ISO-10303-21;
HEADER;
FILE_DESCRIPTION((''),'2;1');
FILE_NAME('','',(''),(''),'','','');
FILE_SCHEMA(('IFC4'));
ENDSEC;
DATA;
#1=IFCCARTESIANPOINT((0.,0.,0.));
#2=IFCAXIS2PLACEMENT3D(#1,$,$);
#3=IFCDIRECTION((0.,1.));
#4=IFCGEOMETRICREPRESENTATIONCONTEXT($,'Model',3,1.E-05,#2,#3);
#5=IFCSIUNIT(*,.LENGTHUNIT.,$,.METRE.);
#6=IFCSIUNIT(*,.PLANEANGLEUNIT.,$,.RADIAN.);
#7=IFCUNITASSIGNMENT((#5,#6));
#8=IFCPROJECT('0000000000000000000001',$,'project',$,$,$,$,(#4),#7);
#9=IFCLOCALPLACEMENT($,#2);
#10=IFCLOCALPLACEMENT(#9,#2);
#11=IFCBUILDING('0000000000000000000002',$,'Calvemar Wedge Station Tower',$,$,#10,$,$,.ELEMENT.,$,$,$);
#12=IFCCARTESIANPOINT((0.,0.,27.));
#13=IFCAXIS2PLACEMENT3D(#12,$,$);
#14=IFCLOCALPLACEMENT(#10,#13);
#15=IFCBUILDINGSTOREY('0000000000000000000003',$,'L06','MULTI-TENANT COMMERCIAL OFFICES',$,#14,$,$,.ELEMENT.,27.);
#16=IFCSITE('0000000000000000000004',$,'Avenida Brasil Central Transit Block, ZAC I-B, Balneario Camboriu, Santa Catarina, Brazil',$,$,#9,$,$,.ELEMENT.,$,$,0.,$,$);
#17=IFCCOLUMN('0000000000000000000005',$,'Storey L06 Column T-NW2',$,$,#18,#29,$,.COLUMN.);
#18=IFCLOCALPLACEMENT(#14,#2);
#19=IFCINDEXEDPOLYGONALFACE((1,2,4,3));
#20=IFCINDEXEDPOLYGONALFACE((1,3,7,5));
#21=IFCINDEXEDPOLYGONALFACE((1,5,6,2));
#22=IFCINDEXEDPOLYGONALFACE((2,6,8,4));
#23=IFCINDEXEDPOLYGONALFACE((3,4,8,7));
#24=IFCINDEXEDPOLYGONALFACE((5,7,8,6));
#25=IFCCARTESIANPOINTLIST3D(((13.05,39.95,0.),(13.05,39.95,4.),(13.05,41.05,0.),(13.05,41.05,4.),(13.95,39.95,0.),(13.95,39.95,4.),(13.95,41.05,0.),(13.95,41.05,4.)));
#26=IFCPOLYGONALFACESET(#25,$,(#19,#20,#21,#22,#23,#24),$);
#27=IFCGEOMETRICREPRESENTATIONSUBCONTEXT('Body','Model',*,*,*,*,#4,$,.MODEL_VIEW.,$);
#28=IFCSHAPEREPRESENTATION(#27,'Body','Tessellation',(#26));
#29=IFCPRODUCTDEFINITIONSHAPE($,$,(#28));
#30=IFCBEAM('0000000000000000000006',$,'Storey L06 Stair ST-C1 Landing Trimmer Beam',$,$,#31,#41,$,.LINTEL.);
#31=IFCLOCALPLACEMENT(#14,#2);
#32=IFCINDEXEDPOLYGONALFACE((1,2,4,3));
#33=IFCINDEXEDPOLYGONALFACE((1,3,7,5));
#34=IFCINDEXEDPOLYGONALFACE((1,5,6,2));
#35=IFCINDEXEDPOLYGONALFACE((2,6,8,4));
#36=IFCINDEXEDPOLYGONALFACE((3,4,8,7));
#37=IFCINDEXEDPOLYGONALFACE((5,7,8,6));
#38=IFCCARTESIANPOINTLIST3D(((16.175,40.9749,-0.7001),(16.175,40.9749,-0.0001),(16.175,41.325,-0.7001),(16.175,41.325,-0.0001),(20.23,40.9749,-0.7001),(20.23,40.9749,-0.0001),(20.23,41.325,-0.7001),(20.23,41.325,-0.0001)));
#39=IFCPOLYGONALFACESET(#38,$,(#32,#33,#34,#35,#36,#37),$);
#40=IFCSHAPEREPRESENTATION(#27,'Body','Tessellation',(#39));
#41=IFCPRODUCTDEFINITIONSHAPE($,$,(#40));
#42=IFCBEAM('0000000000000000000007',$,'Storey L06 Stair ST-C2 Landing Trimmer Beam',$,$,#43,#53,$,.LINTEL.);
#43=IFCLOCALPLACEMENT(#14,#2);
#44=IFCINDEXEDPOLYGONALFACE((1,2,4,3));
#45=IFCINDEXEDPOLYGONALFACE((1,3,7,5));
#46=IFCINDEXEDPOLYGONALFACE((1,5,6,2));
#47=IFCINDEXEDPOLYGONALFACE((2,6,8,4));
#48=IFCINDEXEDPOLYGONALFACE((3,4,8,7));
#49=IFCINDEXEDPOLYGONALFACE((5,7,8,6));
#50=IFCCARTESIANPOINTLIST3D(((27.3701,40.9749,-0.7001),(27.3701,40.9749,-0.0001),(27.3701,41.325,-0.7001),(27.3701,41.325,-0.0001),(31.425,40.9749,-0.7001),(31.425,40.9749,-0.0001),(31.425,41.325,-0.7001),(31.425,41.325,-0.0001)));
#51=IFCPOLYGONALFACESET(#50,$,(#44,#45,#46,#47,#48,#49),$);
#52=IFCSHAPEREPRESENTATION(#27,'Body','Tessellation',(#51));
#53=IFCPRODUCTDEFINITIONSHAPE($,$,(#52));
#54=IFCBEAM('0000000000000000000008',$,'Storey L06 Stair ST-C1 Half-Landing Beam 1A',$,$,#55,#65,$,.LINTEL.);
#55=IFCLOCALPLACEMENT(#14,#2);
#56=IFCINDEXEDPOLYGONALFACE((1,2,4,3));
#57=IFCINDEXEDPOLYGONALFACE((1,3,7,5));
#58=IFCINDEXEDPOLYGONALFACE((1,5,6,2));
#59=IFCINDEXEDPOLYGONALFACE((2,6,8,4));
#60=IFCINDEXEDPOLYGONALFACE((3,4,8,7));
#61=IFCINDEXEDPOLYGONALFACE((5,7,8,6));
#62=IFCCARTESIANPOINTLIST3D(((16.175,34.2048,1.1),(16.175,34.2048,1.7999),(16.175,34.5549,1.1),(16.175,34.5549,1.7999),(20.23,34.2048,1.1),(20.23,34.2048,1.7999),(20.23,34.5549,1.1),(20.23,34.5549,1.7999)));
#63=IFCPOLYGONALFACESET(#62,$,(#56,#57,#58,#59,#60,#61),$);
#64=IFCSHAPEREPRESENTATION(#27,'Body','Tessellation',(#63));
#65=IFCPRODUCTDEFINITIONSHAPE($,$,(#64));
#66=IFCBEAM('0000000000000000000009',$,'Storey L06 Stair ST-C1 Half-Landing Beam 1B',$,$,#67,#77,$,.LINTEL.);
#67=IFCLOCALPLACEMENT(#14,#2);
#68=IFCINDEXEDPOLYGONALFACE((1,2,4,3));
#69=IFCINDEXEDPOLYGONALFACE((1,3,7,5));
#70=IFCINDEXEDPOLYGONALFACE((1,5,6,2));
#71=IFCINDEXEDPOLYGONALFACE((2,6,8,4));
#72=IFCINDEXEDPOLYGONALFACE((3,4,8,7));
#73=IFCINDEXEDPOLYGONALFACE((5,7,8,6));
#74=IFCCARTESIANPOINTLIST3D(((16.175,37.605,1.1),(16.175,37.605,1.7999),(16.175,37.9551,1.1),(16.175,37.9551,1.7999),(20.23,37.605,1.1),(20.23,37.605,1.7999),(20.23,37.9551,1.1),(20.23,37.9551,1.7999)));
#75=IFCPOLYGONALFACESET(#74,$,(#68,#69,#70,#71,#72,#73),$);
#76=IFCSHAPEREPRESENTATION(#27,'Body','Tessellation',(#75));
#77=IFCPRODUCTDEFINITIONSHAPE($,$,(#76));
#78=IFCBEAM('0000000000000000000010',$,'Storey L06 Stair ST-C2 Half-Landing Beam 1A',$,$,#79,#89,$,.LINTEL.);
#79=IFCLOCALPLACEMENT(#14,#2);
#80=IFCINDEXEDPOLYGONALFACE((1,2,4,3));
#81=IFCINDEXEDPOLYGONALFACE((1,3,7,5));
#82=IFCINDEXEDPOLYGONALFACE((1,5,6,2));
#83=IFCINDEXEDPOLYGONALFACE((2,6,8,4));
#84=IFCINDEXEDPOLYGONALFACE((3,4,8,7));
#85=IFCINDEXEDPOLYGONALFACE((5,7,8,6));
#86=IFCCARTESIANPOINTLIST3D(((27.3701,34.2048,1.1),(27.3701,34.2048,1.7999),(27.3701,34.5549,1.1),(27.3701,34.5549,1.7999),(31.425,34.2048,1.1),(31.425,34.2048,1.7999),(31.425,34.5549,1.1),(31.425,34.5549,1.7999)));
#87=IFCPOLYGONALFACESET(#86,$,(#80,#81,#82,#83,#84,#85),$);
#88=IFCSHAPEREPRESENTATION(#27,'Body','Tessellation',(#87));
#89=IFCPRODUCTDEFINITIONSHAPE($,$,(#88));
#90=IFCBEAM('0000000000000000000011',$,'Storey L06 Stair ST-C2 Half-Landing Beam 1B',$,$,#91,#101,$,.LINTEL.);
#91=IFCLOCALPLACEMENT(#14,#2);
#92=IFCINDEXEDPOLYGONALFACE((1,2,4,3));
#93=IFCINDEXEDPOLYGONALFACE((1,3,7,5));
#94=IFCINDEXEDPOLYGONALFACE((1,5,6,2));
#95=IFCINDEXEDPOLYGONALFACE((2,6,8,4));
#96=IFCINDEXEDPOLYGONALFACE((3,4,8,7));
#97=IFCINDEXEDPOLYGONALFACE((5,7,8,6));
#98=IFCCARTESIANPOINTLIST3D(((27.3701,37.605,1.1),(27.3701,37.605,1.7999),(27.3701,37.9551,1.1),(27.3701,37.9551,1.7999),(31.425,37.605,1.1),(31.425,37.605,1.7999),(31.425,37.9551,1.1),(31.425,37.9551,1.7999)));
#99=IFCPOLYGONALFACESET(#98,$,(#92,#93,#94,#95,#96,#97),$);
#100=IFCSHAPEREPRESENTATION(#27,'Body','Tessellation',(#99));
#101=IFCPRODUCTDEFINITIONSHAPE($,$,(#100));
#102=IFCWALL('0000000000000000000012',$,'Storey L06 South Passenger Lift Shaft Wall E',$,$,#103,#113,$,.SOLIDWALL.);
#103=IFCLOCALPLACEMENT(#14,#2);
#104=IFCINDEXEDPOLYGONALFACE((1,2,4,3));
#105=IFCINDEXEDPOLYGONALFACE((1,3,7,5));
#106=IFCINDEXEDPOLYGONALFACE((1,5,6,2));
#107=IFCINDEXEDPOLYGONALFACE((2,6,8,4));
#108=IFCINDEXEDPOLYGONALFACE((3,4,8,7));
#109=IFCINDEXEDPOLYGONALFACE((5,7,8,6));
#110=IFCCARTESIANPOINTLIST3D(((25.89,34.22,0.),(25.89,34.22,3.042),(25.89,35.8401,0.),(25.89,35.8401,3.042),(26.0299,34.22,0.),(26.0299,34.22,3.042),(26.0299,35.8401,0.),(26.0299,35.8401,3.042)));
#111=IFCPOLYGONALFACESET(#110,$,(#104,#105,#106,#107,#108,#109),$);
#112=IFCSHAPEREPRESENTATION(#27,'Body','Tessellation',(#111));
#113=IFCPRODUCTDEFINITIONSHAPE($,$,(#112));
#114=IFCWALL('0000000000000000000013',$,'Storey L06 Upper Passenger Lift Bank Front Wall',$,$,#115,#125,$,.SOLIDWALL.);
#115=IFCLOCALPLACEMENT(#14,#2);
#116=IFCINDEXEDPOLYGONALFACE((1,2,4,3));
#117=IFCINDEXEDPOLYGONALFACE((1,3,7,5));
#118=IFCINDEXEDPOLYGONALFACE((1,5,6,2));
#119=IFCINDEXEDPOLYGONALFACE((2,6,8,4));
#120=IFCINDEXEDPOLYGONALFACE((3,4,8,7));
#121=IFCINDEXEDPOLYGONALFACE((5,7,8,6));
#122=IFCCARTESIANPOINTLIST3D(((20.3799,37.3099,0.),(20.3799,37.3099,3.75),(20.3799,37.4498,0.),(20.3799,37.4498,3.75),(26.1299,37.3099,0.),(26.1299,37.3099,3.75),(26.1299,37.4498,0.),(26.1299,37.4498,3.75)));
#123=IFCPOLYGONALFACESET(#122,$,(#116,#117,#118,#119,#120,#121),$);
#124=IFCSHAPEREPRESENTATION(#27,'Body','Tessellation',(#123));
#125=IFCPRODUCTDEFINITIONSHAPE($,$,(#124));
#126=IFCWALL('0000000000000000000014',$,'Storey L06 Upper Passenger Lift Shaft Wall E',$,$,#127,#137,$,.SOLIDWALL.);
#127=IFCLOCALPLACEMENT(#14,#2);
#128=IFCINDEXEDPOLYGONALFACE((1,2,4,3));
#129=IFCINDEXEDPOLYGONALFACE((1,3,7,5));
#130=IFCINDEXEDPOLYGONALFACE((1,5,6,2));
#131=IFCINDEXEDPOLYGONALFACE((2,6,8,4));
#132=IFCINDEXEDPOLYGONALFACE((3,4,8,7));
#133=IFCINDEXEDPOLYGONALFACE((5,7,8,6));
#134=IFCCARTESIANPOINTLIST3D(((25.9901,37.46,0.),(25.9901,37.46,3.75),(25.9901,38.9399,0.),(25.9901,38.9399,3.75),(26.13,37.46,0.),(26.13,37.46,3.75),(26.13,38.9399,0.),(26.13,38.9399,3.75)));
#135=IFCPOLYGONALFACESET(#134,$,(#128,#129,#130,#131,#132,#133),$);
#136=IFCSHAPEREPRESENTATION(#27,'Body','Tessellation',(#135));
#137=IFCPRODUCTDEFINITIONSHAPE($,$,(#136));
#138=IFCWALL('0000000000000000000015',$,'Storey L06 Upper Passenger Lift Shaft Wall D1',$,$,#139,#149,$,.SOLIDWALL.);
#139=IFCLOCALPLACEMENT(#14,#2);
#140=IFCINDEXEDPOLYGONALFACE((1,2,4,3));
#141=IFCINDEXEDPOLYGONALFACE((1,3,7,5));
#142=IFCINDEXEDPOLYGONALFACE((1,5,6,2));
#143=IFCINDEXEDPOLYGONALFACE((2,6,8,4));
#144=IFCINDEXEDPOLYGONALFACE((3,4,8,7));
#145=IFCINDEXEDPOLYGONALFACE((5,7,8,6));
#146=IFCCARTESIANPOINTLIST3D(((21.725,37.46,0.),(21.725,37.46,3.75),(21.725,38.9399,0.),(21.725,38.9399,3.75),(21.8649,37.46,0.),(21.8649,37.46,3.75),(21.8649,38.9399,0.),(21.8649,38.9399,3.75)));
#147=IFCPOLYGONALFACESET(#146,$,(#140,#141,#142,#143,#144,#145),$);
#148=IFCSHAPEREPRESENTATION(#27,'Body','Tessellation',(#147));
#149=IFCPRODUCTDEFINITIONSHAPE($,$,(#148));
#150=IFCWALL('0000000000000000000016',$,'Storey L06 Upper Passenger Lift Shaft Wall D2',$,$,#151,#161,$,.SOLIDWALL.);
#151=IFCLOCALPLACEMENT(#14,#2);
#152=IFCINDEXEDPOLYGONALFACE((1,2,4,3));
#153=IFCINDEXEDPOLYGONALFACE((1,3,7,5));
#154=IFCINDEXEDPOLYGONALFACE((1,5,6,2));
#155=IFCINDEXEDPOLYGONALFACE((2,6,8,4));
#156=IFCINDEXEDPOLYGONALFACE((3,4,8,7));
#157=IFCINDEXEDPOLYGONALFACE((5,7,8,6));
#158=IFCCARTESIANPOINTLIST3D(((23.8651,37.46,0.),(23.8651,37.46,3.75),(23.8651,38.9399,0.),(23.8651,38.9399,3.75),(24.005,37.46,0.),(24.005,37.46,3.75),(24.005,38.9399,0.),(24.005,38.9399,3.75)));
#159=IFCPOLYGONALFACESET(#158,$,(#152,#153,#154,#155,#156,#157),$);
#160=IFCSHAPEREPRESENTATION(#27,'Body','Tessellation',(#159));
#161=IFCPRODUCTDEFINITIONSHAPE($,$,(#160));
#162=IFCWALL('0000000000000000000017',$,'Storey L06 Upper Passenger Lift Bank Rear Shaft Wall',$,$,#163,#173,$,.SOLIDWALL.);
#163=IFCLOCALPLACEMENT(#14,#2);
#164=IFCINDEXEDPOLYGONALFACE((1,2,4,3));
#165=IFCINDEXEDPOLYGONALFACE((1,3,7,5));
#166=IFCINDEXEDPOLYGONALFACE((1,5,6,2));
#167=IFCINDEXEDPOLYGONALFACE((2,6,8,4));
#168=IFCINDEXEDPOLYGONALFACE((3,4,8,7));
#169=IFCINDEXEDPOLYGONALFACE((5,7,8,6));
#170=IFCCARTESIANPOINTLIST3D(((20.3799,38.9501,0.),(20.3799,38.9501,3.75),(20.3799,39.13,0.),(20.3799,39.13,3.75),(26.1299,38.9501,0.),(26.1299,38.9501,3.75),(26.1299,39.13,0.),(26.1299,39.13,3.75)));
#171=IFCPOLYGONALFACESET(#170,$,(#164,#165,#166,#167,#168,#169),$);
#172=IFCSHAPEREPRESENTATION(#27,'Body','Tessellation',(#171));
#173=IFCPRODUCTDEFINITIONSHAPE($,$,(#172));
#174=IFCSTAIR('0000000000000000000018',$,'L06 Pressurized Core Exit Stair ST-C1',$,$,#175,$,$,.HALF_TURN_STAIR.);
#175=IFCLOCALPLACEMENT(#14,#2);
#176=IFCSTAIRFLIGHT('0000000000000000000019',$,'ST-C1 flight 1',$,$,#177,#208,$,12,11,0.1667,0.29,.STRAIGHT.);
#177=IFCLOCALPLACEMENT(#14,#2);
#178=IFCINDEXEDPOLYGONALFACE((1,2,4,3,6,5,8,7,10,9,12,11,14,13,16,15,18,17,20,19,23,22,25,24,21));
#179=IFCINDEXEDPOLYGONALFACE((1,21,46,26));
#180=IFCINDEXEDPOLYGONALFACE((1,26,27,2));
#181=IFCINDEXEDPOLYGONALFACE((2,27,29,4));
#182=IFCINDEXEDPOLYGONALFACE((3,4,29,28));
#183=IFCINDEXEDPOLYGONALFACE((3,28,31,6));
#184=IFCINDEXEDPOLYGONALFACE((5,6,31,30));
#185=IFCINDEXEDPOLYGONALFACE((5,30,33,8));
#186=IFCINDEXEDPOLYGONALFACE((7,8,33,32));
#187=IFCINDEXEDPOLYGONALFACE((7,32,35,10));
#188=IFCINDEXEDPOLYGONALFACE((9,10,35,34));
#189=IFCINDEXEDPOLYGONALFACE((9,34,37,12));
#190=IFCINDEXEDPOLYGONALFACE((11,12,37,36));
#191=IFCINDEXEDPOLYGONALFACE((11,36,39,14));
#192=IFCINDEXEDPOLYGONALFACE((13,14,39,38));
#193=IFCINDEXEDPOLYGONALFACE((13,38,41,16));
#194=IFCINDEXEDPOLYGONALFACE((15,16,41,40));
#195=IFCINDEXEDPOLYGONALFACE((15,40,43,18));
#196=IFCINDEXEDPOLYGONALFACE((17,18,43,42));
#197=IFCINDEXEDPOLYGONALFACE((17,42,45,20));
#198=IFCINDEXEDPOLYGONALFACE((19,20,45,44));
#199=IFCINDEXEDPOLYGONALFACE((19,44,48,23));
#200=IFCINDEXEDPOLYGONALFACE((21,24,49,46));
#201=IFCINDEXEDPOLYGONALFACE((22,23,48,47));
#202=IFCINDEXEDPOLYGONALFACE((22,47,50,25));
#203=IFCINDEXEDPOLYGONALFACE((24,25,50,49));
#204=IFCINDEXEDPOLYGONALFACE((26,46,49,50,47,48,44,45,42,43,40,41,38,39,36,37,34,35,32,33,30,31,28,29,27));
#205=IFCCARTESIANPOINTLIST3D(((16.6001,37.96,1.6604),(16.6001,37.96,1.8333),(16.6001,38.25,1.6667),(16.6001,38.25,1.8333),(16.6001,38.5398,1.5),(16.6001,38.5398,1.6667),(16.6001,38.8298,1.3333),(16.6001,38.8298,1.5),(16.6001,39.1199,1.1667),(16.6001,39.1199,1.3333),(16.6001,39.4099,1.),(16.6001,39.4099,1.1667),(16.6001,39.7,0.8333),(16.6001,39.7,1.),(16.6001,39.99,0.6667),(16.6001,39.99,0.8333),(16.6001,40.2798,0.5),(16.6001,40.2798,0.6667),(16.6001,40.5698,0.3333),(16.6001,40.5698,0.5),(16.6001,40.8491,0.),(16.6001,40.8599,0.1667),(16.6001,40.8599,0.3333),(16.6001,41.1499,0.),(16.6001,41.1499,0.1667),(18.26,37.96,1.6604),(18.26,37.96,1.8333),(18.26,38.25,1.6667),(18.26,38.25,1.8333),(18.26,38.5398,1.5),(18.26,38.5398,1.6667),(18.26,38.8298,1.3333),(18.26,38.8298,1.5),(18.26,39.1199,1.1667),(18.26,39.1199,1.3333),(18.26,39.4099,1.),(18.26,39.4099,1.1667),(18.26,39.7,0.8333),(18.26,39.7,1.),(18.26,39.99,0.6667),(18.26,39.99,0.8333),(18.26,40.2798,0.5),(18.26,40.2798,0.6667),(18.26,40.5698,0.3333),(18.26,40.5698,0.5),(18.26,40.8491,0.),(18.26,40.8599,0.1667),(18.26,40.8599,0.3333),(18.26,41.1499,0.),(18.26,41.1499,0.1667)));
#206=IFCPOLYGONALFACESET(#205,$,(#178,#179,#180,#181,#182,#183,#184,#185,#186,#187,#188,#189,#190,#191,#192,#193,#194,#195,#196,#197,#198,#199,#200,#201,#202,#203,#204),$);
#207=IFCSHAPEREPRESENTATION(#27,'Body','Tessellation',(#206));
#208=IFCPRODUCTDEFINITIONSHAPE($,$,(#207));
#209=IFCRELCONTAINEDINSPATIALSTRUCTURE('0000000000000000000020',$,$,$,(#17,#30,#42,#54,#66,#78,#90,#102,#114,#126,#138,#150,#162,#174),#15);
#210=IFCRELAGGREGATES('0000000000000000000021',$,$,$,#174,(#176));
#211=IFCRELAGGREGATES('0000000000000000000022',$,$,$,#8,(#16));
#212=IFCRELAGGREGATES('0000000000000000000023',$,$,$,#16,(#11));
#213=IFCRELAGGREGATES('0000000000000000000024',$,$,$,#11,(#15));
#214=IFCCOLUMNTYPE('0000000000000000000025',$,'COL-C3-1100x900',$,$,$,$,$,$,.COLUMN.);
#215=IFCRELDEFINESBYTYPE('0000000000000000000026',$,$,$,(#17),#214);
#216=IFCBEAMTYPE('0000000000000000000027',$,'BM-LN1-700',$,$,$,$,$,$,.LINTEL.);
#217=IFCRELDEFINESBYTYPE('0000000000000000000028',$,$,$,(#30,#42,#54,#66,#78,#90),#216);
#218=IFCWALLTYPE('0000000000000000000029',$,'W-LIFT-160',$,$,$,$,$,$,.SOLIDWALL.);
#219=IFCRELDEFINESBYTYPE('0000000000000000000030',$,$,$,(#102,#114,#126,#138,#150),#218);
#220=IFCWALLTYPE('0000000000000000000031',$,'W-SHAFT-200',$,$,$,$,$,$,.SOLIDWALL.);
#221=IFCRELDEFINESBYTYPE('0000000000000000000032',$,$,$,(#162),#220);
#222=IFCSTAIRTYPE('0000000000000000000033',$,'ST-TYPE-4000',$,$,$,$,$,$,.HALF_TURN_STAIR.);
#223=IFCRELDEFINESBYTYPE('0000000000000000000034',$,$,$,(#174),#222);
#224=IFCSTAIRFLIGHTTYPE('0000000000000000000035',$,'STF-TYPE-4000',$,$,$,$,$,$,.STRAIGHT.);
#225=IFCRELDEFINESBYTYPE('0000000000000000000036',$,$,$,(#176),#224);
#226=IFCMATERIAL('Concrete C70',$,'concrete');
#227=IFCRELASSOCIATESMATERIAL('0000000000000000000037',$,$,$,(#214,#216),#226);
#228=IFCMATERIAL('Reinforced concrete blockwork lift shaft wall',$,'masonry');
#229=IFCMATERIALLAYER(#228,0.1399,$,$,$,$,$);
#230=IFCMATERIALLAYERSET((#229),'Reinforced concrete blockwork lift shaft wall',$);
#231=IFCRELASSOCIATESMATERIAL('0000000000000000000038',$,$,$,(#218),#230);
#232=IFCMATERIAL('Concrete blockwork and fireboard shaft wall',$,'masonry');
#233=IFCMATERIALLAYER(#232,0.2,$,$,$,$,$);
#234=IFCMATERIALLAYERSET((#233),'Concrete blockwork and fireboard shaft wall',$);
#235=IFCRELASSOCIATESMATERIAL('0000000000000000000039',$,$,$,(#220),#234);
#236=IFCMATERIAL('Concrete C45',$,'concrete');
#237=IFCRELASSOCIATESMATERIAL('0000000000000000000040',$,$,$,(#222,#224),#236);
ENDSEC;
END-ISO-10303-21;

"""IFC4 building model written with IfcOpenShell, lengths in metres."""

from ifc_helpers import new_model, si_unit, direction, frame, frame_2d, origin, origin_2d, place, context, subcontext, project, spatial, polyline, rectangle, outline, extrude, source, transform, mapped, material, layer, layer_set, material_profile, profile_set, type_object, element, aggregate, save


model = new_model("IFC4")

# Units and contexts
model_context = context("Model", 3, precision=1e-05, world=origin(), true_north=direction((0.0, 1.0)))
body_context = subcontext(model_context, "Body", "Model", "MODEL_VIEW")
ifc_project = project(units=[si_unit("LENGTHUNIT", "METRE"), si_unit("PLANEANGLEUNIT", "RADIAN")], contexts=[model_context])

# Site, building, storey
site_placement = place(None, origin())
site = spatial("IfcSite", under=ifc_project, at=site_placement, Name="Avenida Brasil Central Transit Block, ZAC I-B, Balneario Camboriu, Santa Catarina, Brazil", CompositionType="ELEMENT", RefElevation=0.0)
building_placement = place(site_placement, origin())
building = spatial("IfcBuilding", under=site, at=building_placement, Name="Calvemar Wedge Station Tower", CompositionType="ELEMENT")
storey_placement = place(building_placement, frame((0.0, 0.0, 27.0)))
storey = spatial("IfcBuildingStorey", under=building, at=storey_placement, Name="L06", Description="MULTI-TENANT COMMERCIAL OFFICES", CompositionType="ELEMENT", Elevation=27.0)

# Column
ifc_material_1 = material(Name="Concrete C70", Category="concrete")
ifc_material_profile_1 = material_profile(ifc_material_1, rectangle(XDim=0.8999, YDim=1.1001, at=origin_2d()), Name="RC1100x900")
ifc_profile_set_1 = profile_set([ifc_material_profile_1], Name="Concrete C70")
column_type = type_object("IfcColumnType", Name="COL-C3-1100x900", PredefinedType="COLUMN", material=ifc_profile_set_1)
shared_shape_1 = source(origin(), body_context, "Body", "SweptSolid", [
    extrude(rectangle(XDim=0.8999, YDim=1.1001, at=origin_2d()), origin(), (0.0, 0.0, 1.0), 4.0),
])
column_placement = place(storey_placement, frame((13.5, 40.5, 0.0), z_axis=(0.0, 0.0, 1.0), x_axis=(1.0, 0.0, 0.0)))
element("IfcColumn", 1, at=column_placement, inside=storey, type_object=column_type, Name="Storey L06 Column T-NW2", PredefinedType="COLUMN", context=body_context, shape_type="MappedRepresentation", body=[
    mapped(shared_shape_1, transform((0.0, 0.0, 0.0), scale=1.0)),
])

# Beams
ifc_material_profile_2 = material_profile(ifc_material_1, rectangle(XDim=0.3501, YDim=0.7, at=origin_2d()), Name="RC350x700")
ifc_profile_set_2 = profile_set([ifc_material_profile_2], Name="Concrete C70")
beam_type = type_object("IfcBeamType", Name="BM-LN1-700", PredefinedType="LINTEL", material=ifc_profile_set_2)
shared_shape_2 = source(origin(), body_context, "Body", "SweptSolid", [
    extrude(rectangle(XDim=0.3501, YDim=0.7, at=origin_2d()), origin(), (0.0, 0.0, 1.0), 4.0549),
])
for number, where, z_axis, x_axis, name in (
    (2, (16.175, 41.1499, -0.3501), (1.0, 0.0, 0.0), (0.0, 1.0, 0.0), "Storey L06 Stair ST-C1 Landing Trimmer Beam"),
    (3, (27.3701, 41.1499, -0.3501), (1.0, 0.0, 0.0), (0.0, 1.0, 0.0), "Storey L06 Stair ST-C2 Landing Trimmer Beam"),
    (4, (16.175, 34.3799, 1.45), (1.0, 0.0, 0.0), (0.0, 1.0, 0.0), "Storey L06 Stair ST-C1 Half-Landing Beam 1A"),
    (5, (16.175, 37.78, 1.45), (1.0, 0.0, 0.0), (0.0, 1.0, 0.0), "Storey L06 Stair ST-C1 Half-Landing Beam 1B"),
    (6, (27.3701, 34.3799, 1.45), (1.0, 0.0, 0.0), (0.0, 1.0, 0.0), "Storey L06 Stair ST-C2 Half-Landing Beam 1A"),
    (7, (27.3701, 37.78, 1.45), (1.0, 0.0, 0.0), (0.0, 1.0, 0.0), "Storey L06 Stair ST-C2 Half-Landing Beam 1B"),
):
    element("IfcBeam", number, at=place(storey_placement, frame(where, z_axis=z_axis, x_axis=x_axis)), inside=storey, type_object=beam_type, Name=name, PredefinedType="LINTEL", context=body_context, shape_type="MappedRepresentation", body=[
        mapped(shared_shape_2, transform((0.0, 0.0, 0.0), scale=1.0)),
    ])

# Shared definitions
ifc_material_2 = material(Name="Reinforced concrete blockwork lift shaft wall", Category="masonry")
ifc_layer_1 = layer(ifc_material_2, 0.1399)
ifc_layer_set_1 = layer_set([ifc_layer_1], Name="Reinforced concrete blockwork lift shaft wall")
wall_type_1 = type_object("IfcWallType", Name="W-LIFT-160", PredefinedType="SOLIDWALL", material=ifc_layer_set_1)

# Walls
wall_1_placement = place(storey_placement, frame((25.96, 34.22, 0.0), z_axis=(0.0, 0.0, 1.0), x_axis=(0.0, 1.0, 0.0)))
element("IfcWall", 8, at=wall_1_placement, inside=storey, type_object=wall_type_1, Name="Storey L06 South Passenger Lift Shaft Wall E", PredefinedType="SOLIDWALL", context=body_context, shape_type="SweptSolid", body=[
    extrude(rectangle(XDim=1.6201, YDim=0.1399, at=frame_2d((0.8101, 0.0))), origin(), (0.0, 0.0, 1.0), 3.042),
])
wall_2_placement = place(storey_placement, frame((20.3799, 37.3799, 0.0), z_axis=(0.0, 0.0, 1.0), x_axis=(1.0, 0.0, 0.0)))
element("IfcWall", 9, at=wall_2_placement, inside=storey, type_object=wall_type_1, Name="Storey L06 Upper Passenger Lift Bank Front Wall", PredefinedType="SOLIDWALL", context=body_context, shape_type="SweptSolid", body=[
    extrude(rectangle(XDim=5.75, YDim=0.1399, at=frame_2d((2.875, 0.0))), origin(), (0.0, 0.0, 1.0), 3.75),
])
for number, where, z_axis, x_axis, name in (
    (10, (26.0601, 37.46, 0.0), (0.0, 0.0, 1.0), (0.0, 1.0, 0.0), "Storey L06 Upper Passenger Lift Shaft Wall E"),
    (11, (21.7949, 37.46, 0.0), (0.0, 0.0, 1.0), (0.0, 1.0, 0.0), "Storey L06 Upper Passenger Lift Shaft Wall D1"),
    (12, (23.9351, 37.46, 0.0), (0.0, 0.0, 1.0), (0.0, 1.0, 0.0), "Storey L06 Upper Passenger Lift Shaft Wall D2"),
):
    element("IfcWall", number, at=place(storey_placement, frame(where, z_axis=z_axis, x_axis=x_axis)), inside=storey, type_object=wall_type_1, Name=name, PredefinedType="SOLIDWALL", context=body_context, shape_type="SweptSolid", body=[
        extrude(rectangle(XDim=1.48, YDim=0.1399, at=frame_2d((0.74, 0.0))), origin(), (0.0, 0.0, 1.0), 3.75),
    ])
ifc_material_3 = material(Name="Concrete blockwork and fireboard shaft wall", Category="masonry")
ifc_layer_2 = layer(ifc_material_3, 0.2)
ifc_layer_set_2 = layer_set([ifc_layer_2], Name="Concrete blockwork and fireboard shaft wall")
wall_type_2 = type_object("IfcWallType", Name="W-SHAFT-200", PredefinedType="SOLIDWALL", material=ifc_layer_set_2)
wall_3_placement = place(storey_placement, frame((20.3799, 39.04, 0.0), z_axis=(0.0, 0.0, 1.0), x_axis=(1.0, 0.0, 0.0)))
element("IfcWall", 13, at=wall_3_placement, inside=storey, type_object=wall_type_2, Name="Storey L06 Upper Passenger Lift Bank Rear Shaft Wall", PredefinedType="SOLIDWALL", context=body_context, shape_type="SweptSolid", body=[
    extrude(rectangle(XDim=5.75, YDim=0.1799, at=frame_2d((2.875, 0.0))), origin(), (0.0, 0.0, 1.0), 3.75),
])

# Stair, stair flight
ifc_material_4 = material(Name="Concrete C45", Category="concrete")
stair_type = type_object("IfcStairType", Name="ST-TYPE-4000", PredefinedType="HALF_TURN_STAIR", material=ifc_material_4)
stair_placement = place(storey_placement, origin())
stair = element("IfcStair", 14, at=stair_placement, inside=storey, type_object=stair_type, Name="L06 Pressurized Core Exit Stair ST-C1", PredefinedType="HALF_TURN_STAIR")
stair_flight_type = type_object("IfcStairFlightType", Name="STF-TYPE-4000", PredefinedType="STRAIGHT", material=ifc_material_4)
stair_flight_1_placement = place(storey_placement, frame((17.4299, 41.1499, 0.0), z_axis=(0.0, 0.0, 1.0), x_axis=(0.0, -1.0, 0.0)))
stair_flight_1 = element("IfcStairFlight", 15, at=stair_flight_1_placement, type_object=stair_flight_type, Name="ST-C1 flight 1", NumberOfRisers=12, NumberOfTreads=11, PredefinedType="STRAIGHT", RiserHeight=0.1667, TreadLength=0.29, context=body_context, shape_type="SweptSolid", body=[
    extrude(outline(polyline([(0.0, 0.0), (0.0, 0.1667), (0.29, 0.1667), (0.29, 0.3333), (0.5801, 0.3333), (0.5801, 0.5), (0.8701, 0.5), (0.8701, 0.6667), (1.1599, 0.6667), (1.1599, 0.8333), (1.45, 0.8333), (1.45, 1.0), (1.74, 1.0), (1.74, 1.1667), (2.03, 1.1667), (2.03, 1.3333), (2.3201, 1.3333), (2.3201, 1.5), (2.6101, 1.5), (2.6101, 1.6667), (2.8999, 1.6667), (2.8999, 1.8333), (3.1899, 1.8333), (3.1899, 2.0), (3.1899, 1.6604), (0.3008, 0.0), (0.0, 0.0)])), frame((0.0, 0.8301, 0.0), z_axis=(0.0, -1.0, 0.0), x_axis=(1.0, 0.0, 0.0)), (0.0, 0.0, 1.0), 1.6599),
])
aggregate(stair, [stair_flight_1])

save(model, "model.ifc")
